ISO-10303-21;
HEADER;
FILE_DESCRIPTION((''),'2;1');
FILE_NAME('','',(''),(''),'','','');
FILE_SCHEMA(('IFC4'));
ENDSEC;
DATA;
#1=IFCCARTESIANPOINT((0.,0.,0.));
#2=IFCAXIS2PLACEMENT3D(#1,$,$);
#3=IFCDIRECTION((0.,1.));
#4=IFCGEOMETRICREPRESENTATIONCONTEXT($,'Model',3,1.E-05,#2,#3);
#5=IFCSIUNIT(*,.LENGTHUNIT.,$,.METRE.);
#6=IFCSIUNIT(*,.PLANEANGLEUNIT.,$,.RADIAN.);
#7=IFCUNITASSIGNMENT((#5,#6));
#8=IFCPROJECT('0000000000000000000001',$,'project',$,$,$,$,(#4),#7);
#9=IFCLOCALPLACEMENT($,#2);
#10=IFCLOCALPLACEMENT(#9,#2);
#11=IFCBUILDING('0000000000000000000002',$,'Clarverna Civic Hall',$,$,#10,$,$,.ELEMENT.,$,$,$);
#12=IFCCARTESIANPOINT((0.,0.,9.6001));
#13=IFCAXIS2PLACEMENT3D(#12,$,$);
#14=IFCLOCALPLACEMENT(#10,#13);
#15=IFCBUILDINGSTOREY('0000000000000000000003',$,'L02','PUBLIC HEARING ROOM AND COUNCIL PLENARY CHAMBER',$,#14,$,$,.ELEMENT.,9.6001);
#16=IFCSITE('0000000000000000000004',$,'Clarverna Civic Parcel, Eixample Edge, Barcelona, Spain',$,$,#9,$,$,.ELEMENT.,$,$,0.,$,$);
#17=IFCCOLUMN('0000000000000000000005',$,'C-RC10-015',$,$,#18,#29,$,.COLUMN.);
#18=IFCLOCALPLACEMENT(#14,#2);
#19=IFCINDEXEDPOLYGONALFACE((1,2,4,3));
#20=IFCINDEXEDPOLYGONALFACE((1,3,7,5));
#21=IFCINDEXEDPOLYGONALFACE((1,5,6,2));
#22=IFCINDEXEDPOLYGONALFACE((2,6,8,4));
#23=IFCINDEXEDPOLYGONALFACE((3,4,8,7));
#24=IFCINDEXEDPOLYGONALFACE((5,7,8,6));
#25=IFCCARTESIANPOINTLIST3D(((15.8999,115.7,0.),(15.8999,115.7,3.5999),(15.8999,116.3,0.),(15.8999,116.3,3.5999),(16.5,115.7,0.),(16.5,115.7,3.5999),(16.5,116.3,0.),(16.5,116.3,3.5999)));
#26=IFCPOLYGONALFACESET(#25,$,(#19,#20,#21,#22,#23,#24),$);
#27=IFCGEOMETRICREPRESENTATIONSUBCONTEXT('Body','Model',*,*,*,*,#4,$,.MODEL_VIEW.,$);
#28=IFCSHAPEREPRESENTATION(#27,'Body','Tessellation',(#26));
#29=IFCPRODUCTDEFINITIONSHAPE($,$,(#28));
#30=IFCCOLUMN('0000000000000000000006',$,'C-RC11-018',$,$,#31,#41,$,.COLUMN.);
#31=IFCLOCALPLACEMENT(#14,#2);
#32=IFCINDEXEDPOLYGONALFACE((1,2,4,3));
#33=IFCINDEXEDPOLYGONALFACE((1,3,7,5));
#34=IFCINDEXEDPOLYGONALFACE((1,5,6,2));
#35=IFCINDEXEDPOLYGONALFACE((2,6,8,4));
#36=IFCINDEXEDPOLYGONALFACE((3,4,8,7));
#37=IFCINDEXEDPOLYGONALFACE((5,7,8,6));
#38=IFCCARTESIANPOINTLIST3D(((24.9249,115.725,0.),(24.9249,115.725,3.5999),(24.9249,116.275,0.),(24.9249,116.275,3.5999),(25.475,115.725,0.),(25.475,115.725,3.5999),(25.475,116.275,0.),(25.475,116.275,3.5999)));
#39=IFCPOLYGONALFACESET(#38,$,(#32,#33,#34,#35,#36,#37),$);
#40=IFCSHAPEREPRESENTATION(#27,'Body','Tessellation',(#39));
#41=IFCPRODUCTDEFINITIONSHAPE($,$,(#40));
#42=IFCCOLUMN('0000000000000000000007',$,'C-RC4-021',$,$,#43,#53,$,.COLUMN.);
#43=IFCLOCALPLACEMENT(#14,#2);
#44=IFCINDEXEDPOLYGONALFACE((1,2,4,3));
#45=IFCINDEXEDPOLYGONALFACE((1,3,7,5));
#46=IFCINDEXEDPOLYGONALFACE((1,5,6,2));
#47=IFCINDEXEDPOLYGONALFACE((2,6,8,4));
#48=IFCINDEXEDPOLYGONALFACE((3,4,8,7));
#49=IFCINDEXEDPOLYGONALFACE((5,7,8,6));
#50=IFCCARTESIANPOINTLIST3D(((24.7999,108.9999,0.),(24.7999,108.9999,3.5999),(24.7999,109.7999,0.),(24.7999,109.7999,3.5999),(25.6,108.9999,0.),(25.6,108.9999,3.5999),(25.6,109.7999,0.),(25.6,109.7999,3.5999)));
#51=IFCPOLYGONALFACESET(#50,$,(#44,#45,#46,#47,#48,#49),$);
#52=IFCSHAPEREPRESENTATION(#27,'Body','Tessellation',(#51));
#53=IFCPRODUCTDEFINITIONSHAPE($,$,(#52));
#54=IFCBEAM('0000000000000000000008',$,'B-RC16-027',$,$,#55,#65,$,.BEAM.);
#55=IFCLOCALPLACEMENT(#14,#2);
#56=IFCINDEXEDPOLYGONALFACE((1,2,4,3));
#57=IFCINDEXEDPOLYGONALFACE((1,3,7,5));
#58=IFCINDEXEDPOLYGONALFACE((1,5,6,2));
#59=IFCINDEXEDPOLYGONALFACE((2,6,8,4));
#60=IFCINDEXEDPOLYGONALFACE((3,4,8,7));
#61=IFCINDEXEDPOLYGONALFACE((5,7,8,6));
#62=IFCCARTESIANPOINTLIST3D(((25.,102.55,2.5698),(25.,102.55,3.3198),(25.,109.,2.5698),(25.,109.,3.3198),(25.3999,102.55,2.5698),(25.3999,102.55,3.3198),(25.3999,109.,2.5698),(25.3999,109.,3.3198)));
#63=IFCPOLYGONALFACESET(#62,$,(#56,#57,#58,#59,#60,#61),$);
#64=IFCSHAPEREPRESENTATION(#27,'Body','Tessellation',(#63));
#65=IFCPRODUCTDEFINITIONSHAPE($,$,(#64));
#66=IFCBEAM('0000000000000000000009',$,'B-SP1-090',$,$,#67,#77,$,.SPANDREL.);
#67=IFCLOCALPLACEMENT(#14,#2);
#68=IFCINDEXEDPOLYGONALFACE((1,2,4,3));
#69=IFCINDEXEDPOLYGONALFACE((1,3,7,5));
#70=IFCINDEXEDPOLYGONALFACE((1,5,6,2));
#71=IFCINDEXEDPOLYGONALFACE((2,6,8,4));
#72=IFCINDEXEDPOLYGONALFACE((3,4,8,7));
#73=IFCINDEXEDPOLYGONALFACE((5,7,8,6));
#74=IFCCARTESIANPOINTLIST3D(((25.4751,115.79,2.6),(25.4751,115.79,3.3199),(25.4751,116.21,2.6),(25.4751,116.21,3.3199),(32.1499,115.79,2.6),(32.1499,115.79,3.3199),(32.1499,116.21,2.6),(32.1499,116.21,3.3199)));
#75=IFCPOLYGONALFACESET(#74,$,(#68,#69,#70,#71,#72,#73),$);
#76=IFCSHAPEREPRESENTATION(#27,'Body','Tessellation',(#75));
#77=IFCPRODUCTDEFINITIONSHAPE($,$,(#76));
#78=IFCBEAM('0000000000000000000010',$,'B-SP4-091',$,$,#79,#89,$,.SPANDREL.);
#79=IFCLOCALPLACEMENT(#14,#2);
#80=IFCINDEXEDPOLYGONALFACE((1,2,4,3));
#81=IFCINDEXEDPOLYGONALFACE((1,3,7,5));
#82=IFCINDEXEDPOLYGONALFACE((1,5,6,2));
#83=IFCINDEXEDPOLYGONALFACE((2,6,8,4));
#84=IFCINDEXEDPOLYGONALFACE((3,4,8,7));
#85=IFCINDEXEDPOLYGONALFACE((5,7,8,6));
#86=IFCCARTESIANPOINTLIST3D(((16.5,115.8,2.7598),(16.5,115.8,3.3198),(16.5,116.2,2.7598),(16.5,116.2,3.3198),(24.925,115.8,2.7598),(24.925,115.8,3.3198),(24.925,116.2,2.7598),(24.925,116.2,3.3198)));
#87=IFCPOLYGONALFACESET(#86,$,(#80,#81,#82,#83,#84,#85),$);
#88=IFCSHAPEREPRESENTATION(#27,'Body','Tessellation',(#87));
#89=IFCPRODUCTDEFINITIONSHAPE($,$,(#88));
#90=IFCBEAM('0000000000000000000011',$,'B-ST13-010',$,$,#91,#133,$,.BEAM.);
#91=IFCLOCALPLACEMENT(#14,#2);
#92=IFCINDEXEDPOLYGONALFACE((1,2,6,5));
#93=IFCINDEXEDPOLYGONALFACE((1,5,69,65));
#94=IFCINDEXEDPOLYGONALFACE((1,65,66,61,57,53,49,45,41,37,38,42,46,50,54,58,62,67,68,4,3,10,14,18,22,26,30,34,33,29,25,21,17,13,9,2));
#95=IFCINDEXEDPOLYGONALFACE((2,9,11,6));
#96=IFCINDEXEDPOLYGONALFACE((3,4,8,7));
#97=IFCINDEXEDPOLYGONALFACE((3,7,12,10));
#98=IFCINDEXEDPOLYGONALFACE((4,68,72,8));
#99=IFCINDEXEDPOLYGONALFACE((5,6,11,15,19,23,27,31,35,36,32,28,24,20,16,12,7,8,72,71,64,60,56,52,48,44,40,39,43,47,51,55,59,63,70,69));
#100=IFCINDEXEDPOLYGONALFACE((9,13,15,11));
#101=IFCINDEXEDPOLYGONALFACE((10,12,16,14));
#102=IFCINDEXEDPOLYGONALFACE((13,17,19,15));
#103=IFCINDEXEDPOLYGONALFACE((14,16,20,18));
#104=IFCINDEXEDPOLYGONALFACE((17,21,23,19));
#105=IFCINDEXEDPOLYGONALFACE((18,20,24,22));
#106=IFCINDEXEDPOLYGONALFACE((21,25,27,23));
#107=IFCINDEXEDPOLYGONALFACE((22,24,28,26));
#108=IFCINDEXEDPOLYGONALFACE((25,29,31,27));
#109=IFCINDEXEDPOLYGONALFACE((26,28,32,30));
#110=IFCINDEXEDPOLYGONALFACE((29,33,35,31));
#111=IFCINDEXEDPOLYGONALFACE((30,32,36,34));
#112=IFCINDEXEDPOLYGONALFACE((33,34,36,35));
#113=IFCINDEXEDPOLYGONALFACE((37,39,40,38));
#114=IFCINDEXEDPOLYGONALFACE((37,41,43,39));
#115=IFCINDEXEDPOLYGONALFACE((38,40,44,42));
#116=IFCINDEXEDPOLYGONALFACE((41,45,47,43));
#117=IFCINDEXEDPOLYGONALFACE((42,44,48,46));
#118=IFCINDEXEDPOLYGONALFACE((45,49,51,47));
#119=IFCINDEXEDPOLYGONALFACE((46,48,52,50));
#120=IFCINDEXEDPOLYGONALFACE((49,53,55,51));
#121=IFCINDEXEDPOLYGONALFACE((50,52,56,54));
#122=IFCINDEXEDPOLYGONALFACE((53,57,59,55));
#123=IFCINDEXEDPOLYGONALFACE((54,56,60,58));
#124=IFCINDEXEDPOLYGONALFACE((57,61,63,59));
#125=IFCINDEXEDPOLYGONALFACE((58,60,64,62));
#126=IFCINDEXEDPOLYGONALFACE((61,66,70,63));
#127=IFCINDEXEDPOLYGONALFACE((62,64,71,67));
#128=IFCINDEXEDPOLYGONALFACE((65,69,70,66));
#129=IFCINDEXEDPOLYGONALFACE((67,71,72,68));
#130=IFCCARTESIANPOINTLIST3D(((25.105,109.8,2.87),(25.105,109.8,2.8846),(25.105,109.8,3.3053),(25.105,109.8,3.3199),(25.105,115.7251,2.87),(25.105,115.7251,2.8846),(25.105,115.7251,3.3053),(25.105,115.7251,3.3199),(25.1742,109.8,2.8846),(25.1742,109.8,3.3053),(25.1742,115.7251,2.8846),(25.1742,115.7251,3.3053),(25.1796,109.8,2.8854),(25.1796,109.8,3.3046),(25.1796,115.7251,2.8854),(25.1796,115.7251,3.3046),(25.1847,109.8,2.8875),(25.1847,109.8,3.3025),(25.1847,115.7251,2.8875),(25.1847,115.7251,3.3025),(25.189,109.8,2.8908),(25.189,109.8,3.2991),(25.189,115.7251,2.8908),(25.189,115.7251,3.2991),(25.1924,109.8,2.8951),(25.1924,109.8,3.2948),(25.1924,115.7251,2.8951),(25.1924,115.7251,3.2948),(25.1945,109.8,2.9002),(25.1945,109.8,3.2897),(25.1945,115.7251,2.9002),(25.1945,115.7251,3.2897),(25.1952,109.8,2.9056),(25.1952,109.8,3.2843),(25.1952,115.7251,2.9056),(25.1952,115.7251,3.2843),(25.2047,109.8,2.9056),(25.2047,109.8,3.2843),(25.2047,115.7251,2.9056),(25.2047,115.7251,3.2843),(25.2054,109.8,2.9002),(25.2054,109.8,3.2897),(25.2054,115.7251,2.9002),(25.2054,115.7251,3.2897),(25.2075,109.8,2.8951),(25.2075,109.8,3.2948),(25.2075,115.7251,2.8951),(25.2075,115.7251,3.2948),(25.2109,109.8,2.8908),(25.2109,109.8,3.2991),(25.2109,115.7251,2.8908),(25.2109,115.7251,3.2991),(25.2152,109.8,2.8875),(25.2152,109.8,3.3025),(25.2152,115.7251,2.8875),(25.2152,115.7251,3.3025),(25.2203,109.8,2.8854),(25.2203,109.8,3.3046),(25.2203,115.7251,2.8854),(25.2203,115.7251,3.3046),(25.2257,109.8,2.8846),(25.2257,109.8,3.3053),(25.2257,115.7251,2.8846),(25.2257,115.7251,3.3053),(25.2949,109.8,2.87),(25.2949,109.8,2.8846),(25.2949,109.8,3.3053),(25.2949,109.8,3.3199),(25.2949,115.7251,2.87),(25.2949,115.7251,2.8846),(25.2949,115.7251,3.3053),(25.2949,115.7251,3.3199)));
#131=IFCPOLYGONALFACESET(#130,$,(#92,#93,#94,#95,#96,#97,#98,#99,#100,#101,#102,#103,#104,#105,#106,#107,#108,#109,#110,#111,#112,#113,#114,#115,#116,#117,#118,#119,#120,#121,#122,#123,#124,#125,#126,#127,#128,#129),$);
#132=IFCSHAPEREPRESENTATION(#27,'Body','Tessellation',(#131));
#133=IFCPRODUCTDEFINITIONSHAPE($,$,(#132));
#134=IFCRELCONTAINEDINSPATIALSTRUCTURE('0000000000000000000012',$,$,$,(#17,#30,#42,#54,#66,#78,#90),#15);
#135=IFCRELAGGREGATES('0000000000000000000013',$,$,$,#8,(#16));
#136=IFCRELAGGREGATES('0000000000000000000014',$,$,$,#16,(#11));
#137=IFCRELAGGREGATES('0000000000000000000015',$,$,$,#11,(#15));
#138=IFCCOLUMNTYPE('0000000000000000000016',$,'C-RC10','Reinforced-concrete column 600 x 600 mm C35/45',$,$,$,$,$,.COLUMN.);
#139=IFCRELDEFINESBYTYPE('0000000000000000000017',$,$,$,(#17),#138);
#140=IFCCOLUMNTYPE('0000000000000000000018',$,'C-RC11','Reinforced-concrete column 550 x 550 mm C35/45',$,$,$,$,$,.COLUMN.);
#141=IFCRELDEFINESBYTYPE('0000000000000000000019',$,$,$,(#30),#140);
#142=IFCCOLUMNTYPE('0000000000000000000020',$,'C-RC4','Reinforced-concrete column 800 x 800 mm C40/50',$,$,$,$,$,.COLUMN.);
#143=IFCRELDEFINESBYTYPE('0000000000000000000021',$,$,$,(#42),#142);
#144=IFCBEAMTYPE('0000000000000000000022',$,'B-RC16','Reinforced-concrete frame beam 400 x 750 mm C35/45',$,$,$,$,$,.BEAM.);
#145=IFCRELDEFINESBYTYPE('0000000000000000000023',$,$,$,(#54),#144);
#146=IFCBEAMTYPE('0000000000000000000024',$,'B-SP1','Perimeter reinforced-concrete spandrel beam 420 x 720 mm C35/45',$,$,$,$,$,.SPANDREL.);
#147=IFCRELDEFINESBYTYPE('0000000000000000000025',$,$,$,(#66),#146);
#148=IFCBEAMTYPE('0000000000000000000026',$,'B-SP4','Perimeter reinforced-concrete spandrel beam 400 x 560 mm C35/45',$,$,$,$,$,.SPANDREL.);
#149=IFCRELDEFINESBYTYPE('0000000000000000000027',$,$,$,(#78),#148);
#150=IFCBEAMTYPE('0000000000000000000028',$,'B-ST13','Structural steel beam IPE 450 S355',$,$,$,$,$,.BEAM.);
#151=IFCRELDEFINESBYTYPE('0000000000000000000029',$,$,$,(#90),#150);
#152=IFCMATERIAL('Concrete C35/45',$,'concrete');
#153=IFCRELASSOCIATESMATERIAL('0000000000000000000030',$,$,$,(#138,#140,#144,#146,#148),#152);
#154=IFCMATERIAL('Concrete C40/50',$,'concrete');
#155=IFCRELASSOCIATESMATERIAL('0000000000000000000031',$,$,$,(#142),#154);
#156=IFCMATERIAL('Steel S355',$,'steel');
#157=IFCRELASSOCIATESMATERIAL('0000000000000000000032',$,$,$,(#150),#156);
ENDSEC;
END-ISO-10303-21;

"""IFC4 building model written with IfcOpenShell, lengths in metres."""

from ifc_helpers import new_model, si_unit, direction, frame, origin, origin_2d, place, context, subcontext, project, spatial, rectangle, i_section, extrude, material, material_profile, profile_set, type_object, element, save


model = new_model("IFC4")

# Units and contexts
model_context = context("Model", 3, precision=1e-05, world=origin(), true_north=direction((0.0, 1.0)))
body_context = subcontext(model_context, "Body", "Model", "MODEL_VIEW")
ifc_project = project(units=[si_unit("LENGTHUNIT", "METRE"), si_unit("PLANEANGLEUNIT", "RADIAN")], contexts=[model_context])

# Site, building, storey
site_placement = place(None, origin())
site = spatial("IfcSite", under=ifc_project, at=site_placement, Name="Clarverna Civic Parcel, Eixample Edge, Barcelona, Spain", CompositionType="ELEMENT", RefElevation=0.0)
building_placement = place(site_placement, origin())
building = spatial("IfcBuilding", under=site, at=building_placement, Name="Clarverna Civic Hall", CompositionType="ELEMENT")
storey_placement = place(building_placement, frame((0.0, 0.0, 9.6001)))
storey = spatial("IfcBuildingStorey", under=building, at=storey_placement, Name="L02", Description="PUBLIC HEARING ROOM AND COUNCIL PLENARY CHAMBER", CompositionType="ELEMENT", Elevation=9.6001)

# Columns
ifc_material_1 = material(Name="Concrete C35/45", Category="concrete")
ifc_material_profile_1 = material_profile(ifc_material_1, rectangle(XDim=0.6001, YDim=0.6001, at=origin_2d()), Name="RC 600x600")
ifc_profile_set_1 = profile_set([ifc_material_profile_1], Name="Concrete C35/45")
column_type_1 = type_object("IfcColumnType", Name="C-RC10", Description="Reinforced-concrete column 600 x 600 mm C35/45", PredefinedType="COLUMN", material=ifc_profile_set_1)
column_1_placement = place(storey_placement, frame((16.2, 116.0, 0.0), z_axis=(0.0, 0.0, 1.0), x_axis=(1.0, 0.0, 0.0)))
element("IfcColumn", 1, at=column_1_placement, inside=storey, type_object=column_type_1, Name="C-RC10-015", PredefinedType="COLUMN", context=body_context, shape_type="SweptSolid", body=[
    extrude(rectangle(XDim=0.6001, YDim=0.6001, at=origin_2d()), origin(), (0.0, 0.0, 1.0), 3.5999),
])
ifc_material_profile_2 = material_profile(ifc_material_1, rectangle(XDim=0.55, YDim=0.55, at=origin_2d()), Name="RC 550x550")
ifc_profile_set_2 = profile_set([ifc_material_profile_2], Name="Concrete C35/45")
column_type_2 = type_object("IfcColumnType", Name="C-RC11", Description="Reinforced-concrete column 550 x 550 mm C35/45", PredefinedType="COLUMN", material=ifc_profile_set_2)
column_2_placement = place(storey_placement, frame((25.2, 116.0, 0.0), z_axis=(0.0, 0.0, 1.0), x_axis=(1.0, 0.0, 0.0)))
element("IfcColumn", 2, at=column_2_placement, inside=storey, type_object=column_type_2, Name="C-RC11-018", PredefinedType="COLUMN", context=body_context, shape_type="SweptSolid", body=[
    extrude(rectangle(XDim=0.55, YDim=0.55, at=origin_2d()), origin(), (0.0, 0.0, 1.0), 3.5999),
])
ifc_material_2 = material(Name="Concrete C40/50", Category="concrete")
ifc_material_profile_3 = material_profile(ifc_material_2, rectangle(XDim=0.8, YDim=0.8, at=origin_2d()), Name="RC 800x800")
ifc_profile_set_3 = profile_set([ifc_material_profile_3], Name="Concrete C40/50")
column_type_3 = type_object("IfcColumnType", Name="C-RC4", Description="Reinforced-concrete column 800 x 800 mm C40/50", PredefinedType="COLUMN", material=ifc_profile_set_3)
column_3_placement = place(storey_placement, frame((25.2, 109.3999, 0.0), z_axis=(0.0, 0.0, 1.0), x_axis=(1.0, 0.0, 0.0)))
element("IfcColumn", 3, at=column_3_placement, inside=storey, type_object=column_type_3, Name="C-RC4-021", PredefinedType="COLUMN", context=body_context, shape_type="SweptSolid", body=[
    extrude(rectangle(XDim=0.8, YDim=0.8, at=origin_2d()), origin(), (0.0, 0.0, 1.0), 3.5999),
])

# Beams
ifc_material_profile_4 = material_profile(ifc_material_1, rectangle(XDim=0.3999, YDim=0.75, at=origin_2d()), Name="RC 400x750")
ifc_profile_set_4 = profile_set([ifc_material_profile_4], Name="Concrete C35/45")
beam_type_1 = type_object("IfcBeamType", Name="B-RC16", Description="Reinforced-concrete frame beam 400 x 750 mm C35/45", PredefinedType="BEAM", material=ifc_profile_set_4)
beam_1_placement = place(storey_placement, frame((25.2, 102.55, 2.9448), z_axis=(0.0, 1.0, 0.0), x_axis=(-1.0, 0.0, 0.0)))
element("IfcBeam", 4, at=beam_1_placement, inside=storey, type_object=beam_type_1, Name="B-RC16-027", PredefinedType="BEAM", context=body_context, shape_type="SweptSolid", body=[
    extrude(rectangle(XDim=0.3999, YDim=0.75, at=origin_2d()), origin(), (0.0, 0.0, 1.0), 6.45),
])
ifc_material_profile_5 = material_profile(ifc_material_1, rectangle(XDim=0.4199, YDim=0.72, at=origin_2d()), Name="RC 420x720")
ifc_profile_set_5 = profile_set([ifc_material_profile_5], Name="Concrete C35/45")
beam_type_2 = type_object("IfcBeamType", Name="B-SP1", Description="Perimeter reinforced-concrete spandrel beam 420 x 720 mm C35/45", PredefinedType="SPANDREL", material=ifc_profile_set_5)
beam_2_placement = place(storey_placement, frame((25.4751, 116.0, 2.96), z_axis=(1.0, 0.0, 0.0), x_axis=(0.0, 1.0, 0.0)))
element("IfcBeam", 5, at=beam_2_placement, inside=storey, type_object=beam_type_2, Name="B-SP1-090", PredefinedType="SPANDREL", context=body_context, shape_type="SweptSolid", body=[
    extrude(rectangle(XDim=0.4199, YDim=0.72, at=origin_2d()), origin(), (0.0, 0.0, 1.0), 6.6748),
])
ifc_material_profile_6 = material_profile(ifc_material_1, rectangle(XDim=0.3999, YDim=0.5601, at=origin_2d()), Name="RC 400x560")
ifc_profile_set_6 = profile_set([ifc_material_profile_6], Name="Concrete C35/45")
beam_type_3 = type_object("IfcBeamType", Name="B-SP4", Description="Perimeter reinforced-concrete spandrel beam 400 x 560 mm C35/45", PredefinedType="SPANDREL", material=ifc_profile_set_6)
beam_3_placement = place(storey_placement, frame((16.5, 116.0, 3.0398), z_axis=(1.0, 0.0, 0.0), x_axis=(0.0, 1.0, 0.0)))
element("IfcBeam", 6, at=beam_3_placement, inside=storey, type_object=beam_type_3, Name="B-SP4-091", PredefinedType="SPANDREL", context=body_context, shape_type="SweptSolid", body=[
    extrude(rectangle(XDim=0.3999, YDim=0.5601, at=origin_2d()), origin(), (0.0, 0.0, 1.0), 8.425),
])
ifc_material_3 = material(Name="Steel S355", Category="steel")
ifc_material_profile_7 = material_profile(ifc_material_3, i_section(OverallWidth=0.1899, OverallDepth=0.45, WebThickness=0.0095, FlangeThickness=0.0146, FilletRadius=0.021, at=origin_2d()), Name="IPE 450")
ifc_profile_set_7 = profile_set([ifc_material_profile_7], Name="Steel S355")
beam_type_4 = type_object("IfcBeamType", Name="B-ST13", Description="Structural steel beam IPE 450 S355", PredefinedType="BEAM", material=ifc_profile_set_7)
beam_4_placement = place(storey_placement, frame((25.2, 109.8, 3.095), z_axis=(0.0, 1.0, 0.0), x_axis=(-1.0, 0.0, 0.0)))
element("IfcBeam", 7, at=beam_4_placement, inside=storey, type_object=beam_type_4, Name="B-ST13-010", PredefinedType="BEAM", context=body_context, shape_type="SweptSolid", body=[
    extrude(i_section(OverallWidth=0.1899, OverallDepth=0.45, WebThickness=0.0095, FlangeThickness=0.0146, FilletRadius=0.021, at=origin_2d()), origin(), (0.0, 0.0, 1.0), 5.925),
])

save(model, "model.ifc")
